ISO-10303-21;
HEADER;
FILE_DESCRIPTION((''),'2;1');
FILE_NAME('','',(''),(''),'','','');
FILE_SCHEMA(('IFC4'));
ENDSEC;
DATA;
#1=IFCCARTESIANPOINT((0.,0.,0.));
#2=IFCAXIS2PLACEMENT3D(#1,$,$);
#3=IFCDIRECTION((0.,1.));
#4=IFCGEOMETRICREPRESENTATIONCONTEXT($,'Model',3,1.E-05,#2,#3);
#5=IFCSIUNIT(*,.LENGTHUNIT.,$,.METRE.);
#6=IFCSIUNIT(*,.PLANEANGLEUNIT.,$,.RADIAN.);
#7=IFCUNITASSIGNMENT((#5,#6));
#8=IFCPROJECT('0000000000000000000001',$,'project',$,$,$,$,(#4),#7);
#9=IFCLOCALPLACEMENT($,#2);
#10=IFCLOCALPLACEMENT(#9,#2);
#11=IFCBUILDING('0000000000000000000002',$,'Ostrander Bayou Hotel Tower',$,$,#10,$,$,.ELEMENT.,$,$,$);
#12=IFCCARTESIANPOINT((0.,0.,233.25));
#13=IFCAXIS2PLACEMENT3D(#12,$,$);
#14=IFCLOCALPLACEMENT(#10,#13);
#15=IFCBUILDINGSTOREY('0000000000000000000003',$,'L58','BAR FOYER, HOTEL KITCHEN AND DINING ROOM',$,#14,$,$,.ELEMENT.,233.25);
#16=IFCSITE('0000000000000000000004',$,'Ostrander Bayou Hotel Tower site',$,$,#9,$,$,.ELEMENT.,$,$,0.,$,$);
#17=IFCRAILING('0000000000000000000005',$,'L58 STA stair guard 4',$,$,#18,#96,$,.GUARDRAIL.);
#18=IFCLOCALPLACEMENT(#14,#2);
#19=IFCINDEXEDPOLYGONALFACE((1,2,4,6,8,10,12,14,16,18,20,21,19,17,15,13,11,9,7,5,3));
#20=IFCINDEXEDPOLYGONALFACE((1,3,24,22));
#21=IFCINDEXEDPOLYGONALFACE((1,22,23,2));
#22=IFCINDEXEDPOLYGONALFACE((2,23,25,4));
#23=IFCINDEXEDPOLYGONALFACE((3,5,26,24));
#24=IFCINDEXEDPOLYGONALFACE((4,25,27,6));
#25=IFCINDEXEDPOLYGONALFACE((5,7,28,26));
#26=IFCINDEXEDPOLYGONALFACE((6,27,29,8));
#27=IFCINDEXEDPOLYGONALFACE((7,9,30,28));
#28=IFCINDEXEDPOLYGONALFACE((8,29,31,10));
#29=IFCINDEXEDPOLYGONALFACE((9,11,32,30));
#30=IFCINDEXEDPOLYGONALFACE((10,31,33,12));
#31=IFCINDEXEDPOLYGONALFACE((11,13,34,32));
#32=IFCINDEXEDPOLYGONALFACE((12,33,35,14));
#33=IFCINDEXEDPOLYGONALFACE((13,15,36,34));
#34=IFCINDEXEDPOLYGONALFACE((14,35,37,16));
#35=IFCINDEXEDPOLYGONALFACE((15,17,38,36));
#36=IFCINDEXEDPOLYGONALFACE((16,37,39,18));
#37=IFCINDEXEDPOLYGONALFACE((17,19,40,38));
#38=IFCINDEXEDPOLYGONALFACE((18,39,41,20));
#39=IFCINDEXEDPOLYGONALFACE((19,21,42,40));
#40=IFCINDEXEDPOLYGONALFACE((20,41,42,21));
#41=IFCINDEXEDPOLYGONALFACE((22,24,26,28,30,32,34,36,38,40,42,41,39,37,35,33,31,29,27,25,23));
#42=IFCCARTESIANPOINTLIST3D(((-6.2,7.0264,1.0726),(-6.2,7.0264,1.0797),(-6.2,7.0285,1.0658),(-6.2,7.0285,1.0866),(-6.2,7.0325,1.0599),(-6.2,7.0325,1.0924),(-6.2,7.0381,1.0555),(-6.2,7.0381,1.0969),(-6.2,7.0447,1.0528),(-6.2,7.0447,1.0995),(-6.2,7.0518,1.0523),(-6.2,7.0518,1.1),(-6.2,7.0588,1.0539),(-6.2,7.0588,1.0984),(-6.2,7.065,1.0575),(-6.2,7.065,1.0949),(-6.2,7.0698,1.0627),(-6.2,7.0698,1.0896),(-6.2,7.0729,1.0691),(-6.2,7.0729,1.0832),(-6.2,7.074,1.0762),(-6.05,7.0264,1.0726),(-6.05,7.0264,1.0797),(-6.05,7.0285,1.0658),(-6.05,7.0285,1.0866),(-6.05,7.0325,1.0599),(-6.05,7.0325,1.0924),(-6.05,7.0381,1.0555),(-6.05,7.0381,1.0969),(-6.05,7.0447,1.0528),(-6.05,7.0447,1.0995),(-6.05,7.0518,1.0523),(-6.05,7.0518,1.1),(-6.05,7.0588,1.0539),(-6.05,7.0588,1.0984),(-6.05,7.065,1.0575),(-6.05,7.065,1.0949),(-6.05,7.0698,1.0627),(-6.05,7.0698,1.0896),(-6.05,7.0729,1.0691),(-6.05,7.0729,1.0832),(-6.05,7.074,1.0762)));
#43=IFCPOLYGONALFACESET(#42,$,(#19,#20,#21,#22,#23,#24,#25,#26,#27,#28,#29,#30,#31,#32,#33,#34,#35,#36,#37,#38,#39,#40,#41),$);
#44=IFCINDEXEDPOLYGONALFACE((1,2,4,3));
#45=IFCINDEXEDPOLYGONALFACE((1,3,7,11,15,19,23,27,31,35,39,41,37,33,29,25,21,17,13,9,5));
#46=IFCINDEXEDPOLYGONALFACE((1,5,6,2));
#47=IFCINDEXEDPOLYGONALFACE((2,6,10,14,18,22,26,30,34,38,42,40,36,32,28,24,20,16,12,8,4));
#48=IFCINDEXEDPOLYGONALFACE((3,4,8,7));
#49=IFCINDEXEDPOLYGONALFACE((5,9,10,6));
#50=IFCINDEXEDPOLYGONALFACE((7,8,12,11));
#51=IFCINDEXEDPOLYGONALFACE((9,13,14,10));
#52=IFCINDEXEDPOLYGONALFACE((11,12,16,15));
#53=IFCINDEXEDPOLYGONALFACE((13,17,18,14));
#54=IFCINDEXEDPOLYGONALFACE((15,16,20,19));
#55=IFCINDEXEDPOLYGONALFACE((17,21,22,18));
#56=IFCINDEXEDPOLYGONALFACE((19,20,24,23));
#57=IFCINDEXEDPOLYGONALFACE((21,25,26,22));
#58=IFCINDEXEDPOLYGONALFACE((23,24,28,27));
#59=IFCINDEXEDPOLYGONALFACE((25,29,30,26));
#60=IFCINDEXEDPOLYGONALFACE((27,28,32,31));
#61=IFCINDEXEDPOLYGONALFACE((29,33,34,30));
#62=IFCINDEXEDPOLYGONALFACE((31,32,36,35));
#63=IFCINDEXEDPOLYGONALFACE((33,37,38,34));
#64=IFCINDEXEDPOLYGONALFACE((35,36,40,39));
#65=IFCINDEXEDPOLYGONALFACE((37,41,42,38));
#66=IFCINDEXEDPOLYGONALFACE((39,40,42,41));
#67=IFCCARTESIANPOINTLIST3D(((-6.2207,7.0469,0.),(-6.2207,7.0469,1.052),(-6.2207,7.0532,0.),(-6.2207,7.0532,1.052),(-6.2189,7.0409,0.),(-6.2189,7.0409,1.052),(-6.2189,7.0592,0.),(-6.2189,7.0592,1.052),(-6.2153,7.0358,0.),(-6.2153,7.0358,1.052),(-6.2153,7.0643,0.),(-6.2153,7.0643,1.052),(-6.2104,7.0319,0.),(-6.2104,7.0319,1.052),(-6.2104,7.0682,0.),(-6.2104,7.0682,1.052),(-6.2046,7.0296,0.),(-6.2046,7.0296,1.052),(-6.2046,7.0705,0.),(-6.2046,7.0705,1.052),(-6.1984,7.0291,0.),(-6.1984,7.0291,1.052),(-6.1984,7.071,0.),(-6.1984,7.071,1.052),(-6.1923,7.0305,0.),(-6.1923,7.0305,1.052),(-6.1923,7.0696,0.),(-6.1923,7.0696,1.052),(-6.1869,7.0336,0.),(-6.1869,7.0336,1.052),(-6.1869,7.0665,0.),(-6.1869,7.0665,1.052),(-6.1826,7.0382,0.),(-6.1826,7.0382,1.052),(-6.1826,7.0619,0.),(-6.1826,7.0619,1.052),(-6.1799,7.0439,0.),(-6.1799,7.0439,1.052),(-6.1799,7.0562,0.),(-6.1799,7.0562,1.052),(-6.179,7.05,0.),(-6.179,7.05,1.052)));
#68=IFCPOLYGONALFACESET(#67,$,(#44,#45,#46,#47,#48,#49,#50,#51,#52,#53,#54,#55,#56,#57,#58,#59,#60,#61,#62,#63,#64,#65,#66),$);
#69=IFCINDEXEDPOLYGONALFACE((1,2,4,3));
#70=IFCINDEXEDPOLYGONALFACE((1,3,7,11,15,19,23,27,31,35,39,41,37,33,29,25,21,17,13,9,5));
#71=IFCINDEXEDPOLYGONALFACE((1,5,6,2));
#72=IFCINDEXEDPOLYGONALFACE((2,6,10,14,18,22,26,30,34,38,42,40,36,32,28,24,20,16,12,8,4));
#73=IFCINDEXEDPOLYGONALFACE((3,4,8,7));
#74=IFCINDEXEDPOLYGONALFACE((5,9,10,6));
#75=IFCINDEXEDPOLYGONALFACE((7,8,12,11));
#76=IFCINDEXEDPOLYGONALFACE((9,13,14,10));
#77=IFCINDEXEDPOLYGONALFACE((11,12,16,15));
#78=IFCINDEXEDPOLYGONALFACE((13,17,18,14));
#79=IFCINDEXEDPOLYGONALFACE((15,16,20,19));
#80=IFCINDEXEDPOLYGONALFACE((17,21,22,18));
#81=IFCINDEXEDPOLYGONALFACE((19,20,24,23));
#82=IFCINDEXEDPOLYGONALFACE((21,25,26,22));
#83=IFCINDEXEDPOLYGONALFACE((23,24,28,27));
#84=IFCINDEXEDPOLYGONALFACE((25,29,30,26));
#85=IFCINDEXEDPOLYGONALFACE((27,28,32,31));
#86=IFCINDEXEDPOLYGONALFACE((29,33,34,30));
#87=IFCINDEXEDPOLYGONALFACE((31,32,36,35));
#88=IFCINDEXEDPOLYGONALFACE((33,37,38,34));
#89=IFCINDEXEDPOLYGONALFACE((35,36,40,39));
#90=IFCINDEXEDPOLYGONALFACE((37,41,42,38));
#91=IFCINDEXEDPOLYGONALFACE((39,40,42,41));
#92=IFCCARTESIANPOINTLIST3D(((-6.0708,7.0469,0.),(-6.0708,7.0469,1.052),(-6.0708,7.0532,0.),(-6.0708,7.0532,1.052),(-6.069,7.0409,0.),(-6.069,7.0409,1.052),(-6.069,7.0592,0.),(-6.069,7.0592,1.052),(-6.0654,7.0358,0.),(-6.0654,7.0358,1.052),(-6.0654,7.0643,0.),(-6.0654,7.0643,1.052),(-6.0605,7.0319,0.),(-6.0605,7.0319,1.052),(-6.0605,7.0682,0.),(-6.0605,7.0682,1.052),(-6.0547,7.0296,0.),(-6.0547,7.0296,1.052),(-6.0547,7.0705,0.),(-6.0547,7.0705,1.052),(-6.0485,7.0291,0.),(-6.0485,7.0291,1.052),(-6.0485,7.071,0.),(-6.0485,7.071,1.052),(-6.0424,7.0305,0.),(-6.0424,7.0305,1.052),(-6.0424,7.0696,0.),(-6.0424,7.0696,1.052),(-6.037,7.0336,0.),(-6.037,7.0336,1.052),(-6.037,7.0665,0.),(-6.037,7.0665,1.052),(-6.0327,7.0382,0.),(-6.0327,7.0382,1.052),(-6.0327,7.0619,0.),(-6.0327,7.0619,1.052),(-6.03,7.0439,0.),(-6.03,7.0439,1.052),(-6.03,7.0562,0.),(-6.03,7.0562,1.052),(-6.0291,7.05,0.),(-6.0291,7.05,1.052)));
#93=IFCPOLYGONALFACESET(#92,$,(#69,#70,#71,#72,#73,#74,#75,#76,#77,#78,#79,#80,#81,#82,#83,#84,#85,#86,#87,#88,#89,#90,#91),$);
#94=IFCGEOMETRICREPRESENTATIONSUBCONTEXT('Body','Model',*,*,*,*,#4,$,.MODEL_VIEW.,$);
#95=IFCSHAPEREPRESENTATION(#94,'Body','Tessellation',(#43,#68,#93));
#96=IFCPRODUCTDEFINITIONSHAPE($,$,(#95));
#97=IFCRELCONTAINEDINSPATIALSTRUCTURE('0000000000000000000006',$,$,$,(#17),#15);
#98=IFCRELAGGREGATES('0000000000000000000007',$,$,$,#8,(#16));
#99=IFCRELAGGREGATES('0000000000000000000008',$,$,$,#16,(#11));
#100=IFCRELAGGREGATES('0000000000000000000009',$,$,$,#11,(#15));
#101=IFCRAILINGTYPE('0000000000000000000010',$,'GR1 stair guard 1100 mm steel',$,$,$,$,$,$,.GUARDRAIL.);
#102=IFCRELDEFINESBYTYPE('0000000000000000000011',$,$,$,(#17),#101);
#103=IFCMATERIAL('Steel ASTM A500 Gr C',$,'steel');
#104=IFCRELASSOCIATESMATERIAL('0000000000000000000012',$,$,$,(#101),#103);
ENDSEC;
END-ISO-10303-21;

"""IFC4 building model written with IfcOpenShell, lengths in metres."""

from ifc_helpers import new_model, si_unit, direction, frame, origin, origin_2d, place, context, subcontext, project, spatial, circle, extrude, material, type_object, element, save


model = new_model("IFC4")

# Units and contexts
model_context = context("Model", 3, precision=1e-05, world=origin(), true_north=direction((0.0, 1.0)))
body_context = subcontext(model_context, "Body", "Model", "MODEL_VIEW")
ifc_project = project(units=[si_unit("LENGTHUNIT", "METRE"), si_unit("PLANEANGLEUNIT", "RADIAN")], contexts=[model_context])

# Site, building, storey
site_placement = place(None, origin())
site = spatial("IfcSite", under=ifc_project, at=site_placement, Name="Ostrander Bayou Hotel Tower site", CompositionType="ELEMENT", RefElevation=0.0)
building_placement = place(site_placement, origin())
building = spatial("IfcBuilding", under=site, at=building_placement, Name="Ostrander Bayou Hotel Tower", CompositionType="ELEMENT")
storey_placement = place(building_placement, frame((0.0, 0.0, 233.25)))
storey = spatial("IfcBuildingStorey", under=building, at=storey_placement, Name="L58", Description="BAR FOYER, HOTEL KITCHEN AND DINING ROOM", CompositionType="ELEMENT", Elevation=233.25)

# Railing
ifc_material_1 = material(Name="Steel ASTM A500 Gr C", Category="steel")
railing_type_1 = type_object("IfcRailingType", Name="GR1 stair guard 1100 mm steel", PredefinedType="GUARDRAIL", material=ifc_material_1)
railing_1_placement = place(storey_placement, frame((-6.2, 7.05, 0.0)))
element("IfcRailing", 1, at=railing_1_placement, inside=storey, type_object=railing_type_1, Name="L58 STA stair guard 4", PredefinedType="GUARDRAIL", context=body_context, shape_type="SweptSolid", body=[
    extrude(circle(Radius=0.0239, at=origin_2d()), frame((0.0, 0.0, 1.0762), z_axis=(1.0, 0.0, 0.0), x_axis=(0.0, 1.0, 0.0)), (0.0, 0.0, 1.0), 0.1499),
    extrude(circle(Radius=0.021, at=origin_2d()), origin(), (0.0, 0.0, 1.0), 1.052),
    extrude(circle(Radius=0.021, at=origin_2d()), frame((0.1499, 0.0, 0.0)), (0.0, 0.0, 1.0), 1.052),
])

save(model, "model.ifc")
